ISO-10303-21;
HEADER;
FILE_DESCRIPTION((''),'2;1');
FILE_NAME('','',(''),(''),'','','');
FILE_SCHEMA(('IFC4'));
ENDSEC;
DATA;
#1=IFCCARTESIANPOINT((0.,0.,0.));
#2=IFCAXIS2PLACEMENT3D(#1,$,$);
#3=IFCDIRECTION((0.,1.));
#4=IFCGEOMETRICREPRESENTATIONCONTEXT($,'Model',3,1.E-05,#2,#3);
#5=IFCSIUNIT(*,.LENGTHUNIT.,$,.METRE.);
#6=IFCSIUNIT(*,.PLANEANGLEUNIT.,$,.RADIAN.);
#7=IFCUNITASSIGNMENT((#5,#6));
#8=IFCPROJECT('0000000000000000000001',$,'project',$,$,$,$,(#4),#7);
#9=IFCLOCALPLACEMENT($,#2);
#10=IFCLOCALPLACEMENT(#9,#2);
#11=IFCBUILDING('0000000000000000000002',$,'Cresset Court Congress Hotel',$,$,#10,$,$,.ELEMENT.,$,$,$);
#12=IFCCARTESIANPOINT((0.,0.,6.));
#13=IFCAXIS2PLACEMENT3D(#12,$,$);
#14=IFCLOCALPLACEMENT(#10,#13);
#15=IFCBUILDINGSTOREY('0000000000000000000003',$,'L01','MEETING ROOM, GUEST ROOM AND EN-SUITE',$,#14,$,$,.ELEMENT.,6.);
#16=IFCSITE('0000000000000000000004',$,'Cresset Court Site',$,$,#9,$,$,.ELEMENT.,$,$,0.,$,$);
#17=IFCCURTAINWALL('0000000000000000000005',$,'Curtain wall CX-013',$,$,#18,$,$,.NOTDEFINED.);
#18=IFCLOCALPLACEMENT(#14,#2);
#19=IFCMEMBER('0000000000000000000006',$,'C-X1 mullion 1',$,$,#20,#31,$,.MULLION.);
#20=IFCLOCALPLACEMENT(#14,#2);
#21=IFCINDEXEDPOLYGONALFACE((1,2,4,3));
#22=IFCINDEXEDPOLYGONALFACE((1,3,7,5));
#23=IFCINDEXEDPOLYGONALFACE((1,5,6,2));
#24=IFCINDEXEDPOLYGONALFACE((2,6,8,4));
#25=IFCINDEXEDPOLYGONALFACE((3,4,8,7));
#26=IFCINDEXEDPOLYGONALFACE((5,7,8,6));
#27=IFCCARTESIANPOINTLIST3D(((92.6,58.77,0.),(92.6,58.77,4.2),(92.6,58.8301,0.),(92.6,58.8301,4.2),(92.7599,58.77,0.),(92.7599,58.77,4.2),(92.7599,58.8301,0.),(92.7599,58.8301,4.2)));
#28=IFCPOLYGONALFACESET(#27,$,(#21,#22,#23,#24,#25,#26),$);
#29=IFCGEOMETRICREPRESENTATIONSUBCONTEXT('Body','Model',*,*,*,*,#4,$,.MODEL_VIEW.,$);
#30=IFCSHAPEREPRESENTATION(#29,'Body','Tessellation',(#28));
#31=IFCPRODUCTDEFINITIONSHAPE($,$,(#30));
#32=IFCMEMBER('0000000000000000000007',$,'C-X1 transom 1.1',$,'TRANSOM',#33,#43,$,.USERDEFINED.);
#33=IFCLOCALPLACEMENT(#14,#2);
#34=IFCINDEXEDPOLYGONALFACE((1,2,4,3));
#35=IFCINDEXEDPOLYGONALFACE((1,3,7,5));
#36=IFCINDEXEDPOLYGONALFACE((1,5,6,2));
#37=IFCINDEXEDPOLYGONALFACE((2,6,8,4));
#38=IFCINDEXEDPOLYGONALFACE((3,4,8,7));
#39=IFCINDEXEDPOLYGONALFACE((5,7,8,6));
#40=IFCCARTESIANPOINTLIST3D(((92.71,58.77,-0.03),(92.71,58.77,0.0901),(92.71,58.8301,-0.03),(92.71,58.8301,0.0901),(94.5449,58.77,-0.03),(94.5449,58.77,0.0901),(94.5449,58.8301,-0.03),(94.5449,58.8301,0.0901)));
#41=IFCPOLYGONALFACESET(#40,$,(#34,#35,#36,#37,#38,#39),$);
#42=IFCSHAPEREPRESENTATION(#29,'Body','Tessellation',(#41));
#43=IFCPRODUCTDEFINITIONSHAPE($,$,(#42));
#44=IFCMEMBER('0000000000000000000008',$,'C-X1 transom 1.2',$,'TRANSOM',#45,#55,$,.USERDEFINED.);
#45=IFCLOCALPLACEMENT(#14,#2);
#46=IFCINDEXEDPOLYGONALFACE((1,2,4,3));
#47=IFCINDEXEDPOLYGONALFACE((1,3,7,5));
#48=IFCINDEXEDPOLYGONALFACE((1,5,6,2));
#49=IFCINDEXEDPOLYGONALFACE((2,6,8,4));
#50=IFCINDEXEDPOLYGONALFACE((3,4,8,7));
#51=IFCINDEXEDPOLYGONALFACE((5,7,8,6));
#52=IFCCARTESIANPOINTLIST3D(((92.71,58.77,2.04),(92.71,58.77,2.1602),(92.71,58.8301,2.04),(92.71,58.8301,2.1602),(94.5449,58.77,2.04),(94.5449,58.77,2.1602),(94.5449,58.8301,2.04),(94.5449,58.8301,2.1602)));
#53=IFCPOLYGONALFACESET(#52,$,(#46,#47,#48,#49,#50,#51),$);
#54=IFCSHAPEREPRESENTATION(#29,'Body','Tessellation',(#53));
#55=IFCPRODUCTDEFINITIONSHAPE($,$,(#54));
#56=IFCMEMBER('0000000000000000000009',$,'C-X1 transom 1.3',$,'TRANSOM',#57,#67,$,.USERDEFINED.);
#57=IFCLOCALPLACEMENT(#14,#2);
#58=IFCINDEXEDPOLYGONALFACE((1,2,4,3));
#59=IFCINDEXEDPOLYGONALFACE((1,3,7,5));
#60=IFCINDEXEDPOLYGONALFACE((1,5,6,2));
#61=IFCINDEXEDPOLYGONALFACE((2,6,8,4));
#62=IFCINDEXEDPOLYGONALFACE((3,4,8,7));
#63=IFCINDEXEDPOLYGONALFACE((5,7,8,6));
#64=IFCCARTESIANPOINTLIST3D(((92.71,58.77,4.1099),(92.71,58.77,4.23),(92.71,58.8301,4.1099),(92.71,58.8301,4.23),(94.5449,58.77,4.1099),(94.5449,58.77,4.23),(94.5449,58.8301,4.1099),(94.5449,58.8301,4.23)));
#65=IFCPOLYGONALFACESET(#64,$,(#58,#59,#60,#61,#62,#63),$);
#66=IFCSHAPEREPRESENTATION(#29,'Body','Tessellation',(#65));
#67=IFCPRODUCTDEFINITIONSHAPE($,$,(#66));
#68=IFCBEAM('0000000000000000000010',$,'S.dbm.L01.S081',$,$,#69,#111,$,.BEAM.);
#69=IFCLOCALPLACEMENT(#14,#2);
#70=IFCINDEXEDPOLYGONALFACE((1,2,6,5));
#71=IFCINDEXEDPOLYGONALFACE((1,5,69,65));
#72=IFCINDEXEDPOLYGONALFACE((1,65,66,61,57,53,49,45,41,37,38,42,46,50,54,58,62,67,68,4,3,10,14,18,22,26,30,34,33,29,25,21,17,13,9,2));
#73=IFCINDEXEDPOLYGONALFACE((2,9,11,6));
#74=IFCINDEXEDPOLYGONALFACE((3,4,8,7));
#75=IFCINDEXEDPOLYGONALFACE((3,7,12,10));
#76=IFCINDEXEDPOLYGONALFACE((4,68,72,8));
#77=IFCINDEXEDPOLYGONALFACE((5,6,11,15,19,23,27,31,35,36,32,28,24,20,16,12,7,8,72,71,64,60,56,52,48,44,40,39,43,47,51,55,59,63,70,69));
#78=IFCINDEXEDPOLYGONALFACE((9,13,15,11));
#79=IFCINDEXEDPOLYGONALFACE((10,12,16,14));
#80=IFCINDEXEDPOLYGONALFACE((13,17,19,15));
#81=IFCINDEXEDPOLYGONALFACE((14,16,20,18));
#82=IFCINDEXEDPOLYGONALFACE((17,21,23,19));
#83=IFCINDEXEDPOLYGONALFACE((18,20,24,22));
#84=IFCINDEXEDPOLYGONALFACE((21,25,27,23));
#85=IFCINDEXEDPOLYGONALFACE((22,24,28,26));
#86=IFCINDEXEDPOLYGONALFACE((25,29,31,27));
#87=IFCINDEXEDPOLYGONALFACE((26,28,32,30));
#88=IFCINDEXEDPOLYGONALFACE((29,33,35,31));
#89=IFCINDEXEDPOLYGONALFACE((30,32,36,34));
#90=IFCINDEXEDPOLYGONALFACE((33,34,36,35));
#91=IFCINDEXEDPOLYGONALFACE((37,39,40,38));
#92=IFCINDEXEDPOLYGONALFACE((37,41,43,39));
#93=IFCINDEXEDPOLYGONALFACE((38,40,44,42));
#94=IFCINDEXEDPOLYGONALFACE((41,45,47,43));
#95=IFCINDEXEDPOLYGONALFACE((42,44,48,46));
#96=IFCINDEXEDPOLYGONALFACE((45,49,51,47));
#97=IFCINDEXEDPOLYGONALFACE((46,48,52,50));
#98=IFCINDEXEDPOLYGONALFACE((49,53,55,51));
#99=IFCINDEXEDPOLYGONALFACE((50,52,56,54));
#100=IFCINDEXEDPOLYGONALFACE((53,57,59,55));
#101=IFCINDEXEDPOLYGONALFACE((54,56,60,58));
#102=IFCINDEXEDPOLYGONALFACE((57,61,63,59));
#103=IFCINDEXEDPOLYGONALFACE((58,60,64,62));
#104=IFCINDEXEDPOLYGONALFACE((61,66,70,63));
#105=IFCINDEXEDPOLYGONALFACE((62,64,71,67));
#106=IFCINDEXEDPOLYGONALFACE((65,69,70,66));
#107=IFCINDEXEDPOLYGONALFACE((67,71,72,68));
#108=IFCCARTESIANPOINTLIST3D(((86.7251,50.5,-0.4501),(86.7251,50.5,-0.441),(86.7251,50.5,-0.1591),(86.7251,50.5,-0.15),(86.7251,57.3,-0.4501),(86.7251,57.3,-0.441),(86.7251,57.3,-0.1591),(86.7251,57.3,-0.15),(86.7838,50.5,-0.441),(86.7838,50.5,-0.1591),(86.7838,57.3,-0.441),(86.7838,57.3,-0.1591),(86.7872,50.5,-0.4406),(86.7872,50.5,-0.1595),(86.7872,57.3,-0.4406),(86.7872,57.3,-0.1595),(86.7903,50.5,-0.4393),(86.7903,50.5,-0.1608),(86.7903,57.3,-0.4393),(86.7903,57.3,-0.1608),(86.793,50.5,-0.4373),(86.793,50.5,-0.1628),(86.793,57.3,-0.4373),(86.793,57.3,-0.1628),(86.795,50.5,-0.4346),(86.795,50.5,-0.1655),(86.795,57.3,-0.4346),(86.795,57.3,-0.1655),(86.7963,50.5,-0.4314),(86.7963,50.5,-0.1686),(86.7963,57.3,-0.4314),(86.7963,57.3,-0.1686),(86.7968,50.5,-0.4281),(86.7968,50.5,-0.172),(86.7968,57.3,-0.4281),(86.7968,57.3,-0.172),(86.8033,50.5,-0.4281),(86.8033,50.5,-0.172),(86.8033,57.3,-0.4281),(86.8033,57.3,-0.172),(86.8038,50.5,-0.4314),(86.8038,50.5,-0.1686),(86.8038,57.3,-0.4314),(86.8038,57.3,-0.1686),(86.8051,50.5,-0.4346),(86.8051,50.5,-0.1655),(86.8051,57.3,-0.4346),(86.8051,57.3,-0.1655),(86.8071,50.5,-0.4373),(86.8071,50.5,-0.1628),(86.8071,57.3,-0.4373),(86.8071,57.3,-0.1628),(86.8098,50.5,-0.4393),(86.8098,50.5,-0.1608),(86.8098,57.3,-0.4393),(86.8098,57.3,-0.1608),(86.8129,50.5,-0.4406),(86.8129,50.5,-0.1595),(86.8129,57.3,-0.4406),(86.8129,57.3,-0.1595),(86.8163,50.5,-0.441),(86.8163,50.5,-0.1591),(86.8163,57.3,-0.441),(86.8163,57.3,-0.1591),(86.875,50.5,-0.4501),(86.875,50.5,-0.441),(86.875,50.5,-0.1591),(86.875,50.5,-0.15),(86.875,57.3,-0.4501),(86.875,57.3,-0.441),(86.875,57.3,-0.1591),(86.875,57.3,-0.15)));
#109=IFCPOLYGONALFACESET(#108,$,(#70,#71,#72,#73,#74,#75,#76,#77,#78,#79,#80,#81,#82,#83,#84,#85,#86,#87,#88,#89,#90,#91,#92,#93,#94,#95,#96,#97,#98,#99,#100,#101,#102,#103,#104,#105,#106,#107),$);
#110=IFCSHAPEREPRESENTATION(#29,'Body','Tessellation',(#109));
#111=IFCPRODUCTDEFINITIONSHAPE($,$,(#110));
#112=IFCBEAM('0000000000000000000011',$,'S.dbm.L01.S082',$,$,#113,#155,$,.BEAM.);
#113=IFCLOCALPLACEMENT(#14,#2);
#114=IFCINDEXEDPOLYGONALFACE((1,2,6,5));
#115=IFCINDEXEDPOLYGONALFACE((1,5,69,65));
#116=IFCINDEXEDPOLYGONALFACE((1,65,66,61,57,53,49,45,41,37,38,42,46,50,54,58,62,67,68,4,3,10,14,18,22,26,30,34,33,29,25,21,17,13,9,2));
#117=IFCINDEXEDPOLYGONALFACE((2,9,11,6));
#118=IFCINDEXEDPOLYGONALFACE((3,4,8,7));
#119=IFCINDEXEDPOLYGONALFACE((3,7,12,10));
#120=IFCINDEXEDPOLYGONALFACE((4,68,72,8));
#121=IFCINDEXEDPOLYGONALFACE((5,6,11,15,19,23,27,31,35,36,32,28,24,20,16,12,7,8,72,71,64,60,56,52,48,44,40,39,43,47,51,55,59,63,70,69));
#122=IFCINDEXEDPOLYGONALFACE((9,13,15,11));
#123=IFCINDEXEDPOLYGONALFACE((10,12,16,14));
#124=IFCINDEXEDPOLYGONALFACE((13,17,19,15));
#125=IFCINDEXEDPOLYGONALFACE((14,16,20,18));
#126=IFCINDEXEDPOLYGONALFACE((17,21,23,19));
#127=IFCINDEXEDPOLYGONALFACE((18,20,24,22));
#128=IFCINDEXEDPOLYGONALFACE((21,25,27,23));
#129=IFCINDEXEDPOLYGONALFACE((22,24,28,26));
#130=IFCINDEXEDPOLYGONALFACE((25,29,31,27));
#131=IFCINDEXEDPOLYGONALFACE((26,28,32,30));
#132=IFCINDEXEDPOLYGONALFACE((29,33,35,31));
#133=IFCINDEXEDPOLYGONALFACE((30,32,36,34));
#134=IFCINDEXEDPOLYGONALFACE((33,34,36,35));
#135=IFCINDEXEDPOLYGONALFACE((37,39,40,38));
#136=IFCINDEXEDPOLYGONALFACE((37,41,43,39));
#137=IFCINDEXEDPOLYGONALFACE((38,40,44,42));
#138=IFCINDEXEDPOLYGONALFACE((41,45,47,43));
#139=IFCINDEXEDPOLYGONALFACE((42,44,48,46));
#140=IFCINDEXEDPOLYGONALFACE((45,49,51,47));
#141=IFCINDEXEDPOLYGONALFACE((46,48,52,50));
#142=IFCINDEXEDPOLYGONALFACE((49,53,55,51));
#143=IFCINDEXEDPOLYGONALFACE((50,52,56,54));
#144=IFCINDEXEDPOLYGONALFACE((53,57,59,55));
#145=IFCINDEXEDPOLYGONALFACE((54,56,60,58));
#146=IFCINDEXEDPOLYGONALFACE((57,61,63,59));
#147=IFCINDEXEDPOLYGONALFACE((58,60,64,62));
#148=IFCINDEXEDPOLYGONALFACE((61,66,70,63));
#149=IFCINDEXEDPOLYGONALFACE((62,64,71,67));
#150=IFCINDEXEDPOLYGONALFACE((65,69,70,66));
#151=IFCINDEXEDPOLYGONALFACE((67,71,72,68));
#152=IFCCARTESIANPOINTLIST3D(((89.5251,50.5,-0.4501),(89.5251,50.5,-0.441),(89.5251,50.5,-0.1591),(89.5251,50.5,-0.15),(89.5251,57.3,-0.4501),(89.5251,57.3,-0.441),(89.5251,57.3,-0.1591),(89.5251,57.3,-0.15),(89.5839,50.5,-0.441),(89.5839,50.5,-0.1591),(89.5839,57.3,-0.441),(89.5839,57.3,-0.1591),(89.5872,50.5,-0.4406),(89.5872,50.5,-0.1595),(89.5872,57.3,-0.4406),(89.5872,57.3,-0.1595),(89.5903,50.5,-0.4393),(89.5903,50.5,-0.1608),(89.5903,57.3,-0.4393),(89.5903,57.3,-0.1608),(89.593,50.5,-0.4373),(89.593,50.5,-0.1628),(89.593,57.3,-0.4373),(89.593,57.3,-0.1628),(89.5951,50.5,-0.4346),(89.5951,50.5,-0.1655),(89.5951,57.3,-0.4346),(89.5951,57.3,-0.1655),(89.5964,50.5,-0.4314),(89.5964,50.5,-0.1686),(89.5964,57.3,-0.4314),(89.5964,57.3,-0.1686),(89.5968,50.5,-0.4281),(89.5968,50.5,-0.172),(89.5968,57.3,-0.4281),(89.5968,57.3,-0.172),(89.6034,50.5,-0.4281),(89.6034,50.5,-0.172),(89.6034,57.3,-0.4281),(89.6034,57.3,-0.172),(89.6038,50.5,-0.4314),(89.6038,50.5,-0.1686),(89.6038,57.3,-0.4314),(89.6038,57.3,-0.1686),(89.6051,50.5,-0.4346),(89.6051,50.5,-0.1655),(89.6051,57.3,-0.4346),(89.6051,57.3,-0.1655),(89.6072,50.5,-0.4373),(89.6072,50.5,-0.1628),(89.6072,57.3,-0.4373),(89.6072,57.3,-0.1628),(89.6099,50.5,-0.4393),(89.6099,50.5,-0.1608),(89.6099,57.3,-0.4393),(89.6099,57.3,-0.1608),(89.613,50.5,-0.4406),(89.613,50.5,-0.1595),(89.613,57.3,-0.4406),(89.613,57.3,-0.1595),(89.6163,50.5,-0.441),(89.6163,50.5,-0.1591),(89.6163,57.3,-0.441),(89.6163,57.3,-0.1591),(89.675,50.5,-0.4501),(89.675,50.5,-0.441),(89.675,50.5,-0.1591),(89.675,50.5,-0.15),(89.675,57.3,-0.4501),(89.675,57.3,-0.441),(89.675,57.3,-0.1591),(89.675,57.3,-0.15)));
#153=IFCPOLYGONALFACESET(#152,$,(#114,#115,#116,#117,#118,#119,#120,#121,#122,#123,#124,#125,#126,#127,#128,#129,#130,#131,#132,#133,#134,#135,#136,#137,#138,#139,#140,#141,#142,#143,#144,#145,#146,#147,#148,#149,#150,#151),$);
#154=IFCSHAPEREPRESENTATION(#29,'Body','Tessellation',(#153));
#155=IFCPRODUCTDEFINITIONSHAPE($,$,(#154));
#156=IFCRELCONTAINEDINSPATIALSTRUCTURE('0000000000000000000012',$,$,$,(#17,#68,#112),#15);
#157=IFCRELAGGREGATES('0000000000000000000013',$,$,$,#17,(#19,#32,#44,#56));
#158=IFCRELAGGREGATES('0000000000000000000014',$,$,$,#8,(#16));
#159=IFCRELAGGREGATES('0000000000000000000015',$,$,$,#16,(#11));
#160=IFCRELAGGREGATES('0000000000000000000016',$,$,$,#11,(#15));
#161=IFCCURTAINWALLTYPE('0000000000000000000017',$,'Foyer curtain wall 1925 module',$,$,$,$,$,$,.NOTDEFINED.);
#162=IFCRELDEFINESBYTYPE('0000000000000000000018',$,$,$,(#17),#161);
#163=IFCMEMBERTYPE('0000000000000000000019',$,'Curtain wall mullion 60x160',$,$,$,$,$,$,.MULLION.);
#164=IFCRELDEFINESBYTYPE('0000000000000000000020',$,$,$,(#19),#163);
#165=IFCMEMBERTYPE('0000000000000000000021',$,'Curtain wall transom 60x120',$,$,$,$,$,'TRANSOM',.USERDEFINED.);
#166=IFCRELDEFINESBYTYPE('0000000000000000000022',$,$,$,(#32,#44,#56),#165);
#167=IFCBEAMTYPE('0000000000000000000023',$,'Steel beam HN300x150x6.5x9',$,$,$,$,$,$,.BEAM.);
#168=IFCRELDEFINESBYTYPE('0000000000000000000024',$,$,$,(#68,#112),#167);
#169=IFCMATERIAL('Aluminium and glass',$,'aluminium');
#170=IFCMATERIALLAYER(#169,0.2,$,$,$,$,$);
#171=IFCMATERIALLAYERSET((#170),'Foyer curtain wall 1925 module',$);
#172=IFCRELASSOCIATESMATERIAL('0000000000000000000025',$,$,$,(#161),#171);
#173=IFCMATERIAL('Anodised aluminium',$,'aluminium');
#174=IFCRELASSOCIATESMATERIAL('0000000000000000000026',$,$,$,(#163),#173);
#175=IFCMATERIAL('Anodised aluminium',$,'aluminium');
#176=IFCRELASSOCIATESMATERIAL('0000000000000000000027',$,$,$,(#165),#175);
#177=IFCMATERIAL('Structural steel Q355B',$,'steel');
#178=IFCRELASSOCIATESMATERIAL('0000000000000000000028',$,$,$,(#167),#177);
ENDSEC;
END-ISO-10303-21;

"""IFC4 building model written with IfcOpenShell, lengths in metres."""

from ifc_helpers import new_model, si_unit, direction, frame, origin, origin_2d, place, context, subcontext, project, spatial, rectangle, i_section, extrude, material, layer, layer_set, material_profile, profile_set, type_object, element, aggregate, save


model = new_model("IFC4")

# Units and contexts
model_context = context("Model", 3, precision=1e-05, world=origin(), true_north=direction((0.0, 1.0)))
body_context = subcontext(model_context, "Body", "Model", "MODEL_VIEW")
ifc_project = project(units=[si_unit("LENGTHUNIT", "METRE"), si_unit("PLANEANGLEUNIT", "RADIAN")], contexts=[model_context])

# Site, building, storey
site_placement = place(None, origin())
site = spatial("IfcSite", under=ifc_project, at=site_placement, Name="Cresset Court Site", CompositionType="ELEMENT", RefElevation=0.0)
building_placement = place(site_placement, origin())
building = spatial("IfcBuilding", under=site, at=building_placement, Name="Cresset Court Congress Hotel", CompositionType="ELEMENT")
storey_placement = place(building_placement, frame((0.0, 0.0, 6.0)))
storey = spatial("IfcBuildingStorey", under=building, at=storey_placement, Name="L01", Description="MEETING ROOM, GUEST ROOM AND EN-SUITE", CompositionType="ELEMENT", Elevation=6.0)

# Curtain wall, members
ifc_material_1 = material(Name="Aluminium and glass", Category="aluminium")
ifc_layer_1 = layer(ifc_material_1, 0.2)
ifc_layer_set_1 = layer_set([ifc_layer_1], Name="Foyer curtain wall 1925 module")
curtain_wall_type = type_object("IfcCurtainWallType", Name="Foyer curtain wall 1925 module", PredefinedType="NOTDEFINED", material=ifc_layer_set_1)
curtain_wall_placement = place(storey_placement, origin())
curtain_wall = element("IfcCurtainWall", 1, at=curtain_wall_placement, inside=storey, type_object=curtain_wall_type, Name="Curtain wall CX-013", PredefinedType="NOTDEFINED")
ifc_material_2 = material(Name="Anodised aluminium", Category="aluminium")
ifc_material_profile_1 = material_profile(ifc_material_2, rectangle(XDim=0.0601, YDim=0.1599, at=origin_2d()), Name="AL60x160")
ifc_profile_set_1 = profile_set([ifc_material_profile_1], Name="Anodised aluminium")
member_type_1 = type_object("IfcMemberType", Name="Curtain wall mullion 60x160", PredefinedType="MULLION", material=ifc_profile_set_1)
member_1_placement = place(storey_placement, frame((92.6799, 58.8, 0.0), z_axis=(0.0, 0.0, 1.0), x_axis=(0.0, 1.0, 0.0)))
member_1 = element("IfcMember", 2, at=member_1_placement, type_object=member_type_1, Name="C-X1 mullion 1", PredefinedType="MULLION", context=body_context, shape_type="SweptSolid", body=[
    extrude(rectangle(XDim=0.0601, YDim=0.1599, at=origin_2d()), origin(), (0.0, 0.0, 1.0), 4.2),
])
ifc_material_3 = material(Name="Anodised aluminium", Category="aluminium")
ifc_material_profile_2 = material_profile(ifc_material_3, rectangle(XDim=0.0601, YDim=0.1201, at=origin_2d()), Name="AL60x120")
ifc_profile_set_2 = profile_set([ifc_material_profile_2], Name="Anodised aluminium")
member_type_2 = type_object("IfcMemberType", Name="Curtain wall transom 60x120", ElementType="TRANSOM", PredefinedType="USERDEFINED", material=ifc_profile_set_2)
member_2_placement = place(storey_placement, frame((92.71, 58.8, 0.03), z_axis=(1.0, 0.0, 0.0), x_axis=(0.0, 1.0, 0.0)))
member_2 = element("IfcMember", 3, at=member_2_placement, type_object=member_type_2, Name="C-X1 transom 1.1", ObjectType="TRANSOM", PredefinedType="USERDEFINED", context=body_context, shape_type="SweptSolid", body=[
    extrude(rectangle(XDim=0.0601, YDim=0.1201, at=origin_2d()), origin(), (0.0, 0.0, 1.0), 1.835),
])
member_3_placement = place(storey_placement, frame((92.71, 58.8, 2.1001), z_axis=(1.0, 0.0, 0.0), x_axis=(0.0, 1.0, 0.0)))
member_3 = element("IfcMember", 4, at=member_3_placement, type_object=member_type_2, Name="C-X1 transom 1.2", ObjectType="TRANSOM", PredefinedType="USERDEFINED", context=body_context, shape_type="SweptSolid", body=[
    extrude(rectangle(XDim=0.0601, YDim=0.1201, at=origin_2d()), origin(), (0.0, 0.0, 1.0), 1.835),
])
member_4_placement = place(storey_placement, frame((92.71, 58.8, 4.1699), z_axis=(1.0, 0.0, 0.0), x_axis=(0.0, 1.0, 0.0)))
member_4 = element("IfcMember", 5, at=member_4_placement, type_object=member_type_2, Name="C-X1 transom 1.3", ObjectType="TRANSOM", PredefinedType="USERDEFINED", context=body_context, shape_type="SweptSolid", body=[
    extrude(rectangle(XDim=0.0601, YDim=0.1201, at=origin_2d()), origin(), (0.0, 0.0, 1.0), 1.835),
])
aggregate(curtain_wall, [member_1, member_2, member_3, member_4])

# Beams
ifc_material_4 = material(Name="Structural steel Q355B", Category="steel")
ifc_material_profile_3 = material_profile(ifc_material_4, i_section(OverallWidth=0.1499, OverallDepth=0.3, WebThickness=0.0066, FlangeThickness=0.009, FilletRadius=0.0129, at=origin_2d()), Name="HN300x150x6.5x9")
ifc_profile_set_3 = profile_set([ifc_material_profile_3], Name="Structural steel Q355B")
beam_type_1 = type_object("IfcBeamType", Name="Steel beam HN300x150x6.5x9", PredefinedType="BEAM", material=ifc_profile_set_3)
for number, where, z_axis, x_axis, name in (
    (6, (86.8, 50.5, -0.3), (0.0, 1.0, 0.0), (-1.0, 0.0, 0.0), "S.dbm.L01.S081"),
    (7, (89.6001, 50.5, -0.3), (0.0, 1.0, 0.0), (-1.0, 0.0, 0.0), "S.dbm.L01.S082"),
):
    element("IfcBeam", number, at=place(storey_placement, frame(where, z_axis=z_axis, x_axis=x_axis)), inside=storey, type_object=beam_type_1, Name=name, PredefinedType="BEAM", context=body_context, shape_type="SweptSolid", body=[
        extrude(i_section(OverallWidth=0.1499, OverallDepth=0.3, WebThickness=0.0066, FlangeThickness=0.009, FilletRadius=0.0129, at=origin_2d()), origin(), (0.0, 0.0, 1.0), 6.8),
    ])

save(model, "model.ifc")
